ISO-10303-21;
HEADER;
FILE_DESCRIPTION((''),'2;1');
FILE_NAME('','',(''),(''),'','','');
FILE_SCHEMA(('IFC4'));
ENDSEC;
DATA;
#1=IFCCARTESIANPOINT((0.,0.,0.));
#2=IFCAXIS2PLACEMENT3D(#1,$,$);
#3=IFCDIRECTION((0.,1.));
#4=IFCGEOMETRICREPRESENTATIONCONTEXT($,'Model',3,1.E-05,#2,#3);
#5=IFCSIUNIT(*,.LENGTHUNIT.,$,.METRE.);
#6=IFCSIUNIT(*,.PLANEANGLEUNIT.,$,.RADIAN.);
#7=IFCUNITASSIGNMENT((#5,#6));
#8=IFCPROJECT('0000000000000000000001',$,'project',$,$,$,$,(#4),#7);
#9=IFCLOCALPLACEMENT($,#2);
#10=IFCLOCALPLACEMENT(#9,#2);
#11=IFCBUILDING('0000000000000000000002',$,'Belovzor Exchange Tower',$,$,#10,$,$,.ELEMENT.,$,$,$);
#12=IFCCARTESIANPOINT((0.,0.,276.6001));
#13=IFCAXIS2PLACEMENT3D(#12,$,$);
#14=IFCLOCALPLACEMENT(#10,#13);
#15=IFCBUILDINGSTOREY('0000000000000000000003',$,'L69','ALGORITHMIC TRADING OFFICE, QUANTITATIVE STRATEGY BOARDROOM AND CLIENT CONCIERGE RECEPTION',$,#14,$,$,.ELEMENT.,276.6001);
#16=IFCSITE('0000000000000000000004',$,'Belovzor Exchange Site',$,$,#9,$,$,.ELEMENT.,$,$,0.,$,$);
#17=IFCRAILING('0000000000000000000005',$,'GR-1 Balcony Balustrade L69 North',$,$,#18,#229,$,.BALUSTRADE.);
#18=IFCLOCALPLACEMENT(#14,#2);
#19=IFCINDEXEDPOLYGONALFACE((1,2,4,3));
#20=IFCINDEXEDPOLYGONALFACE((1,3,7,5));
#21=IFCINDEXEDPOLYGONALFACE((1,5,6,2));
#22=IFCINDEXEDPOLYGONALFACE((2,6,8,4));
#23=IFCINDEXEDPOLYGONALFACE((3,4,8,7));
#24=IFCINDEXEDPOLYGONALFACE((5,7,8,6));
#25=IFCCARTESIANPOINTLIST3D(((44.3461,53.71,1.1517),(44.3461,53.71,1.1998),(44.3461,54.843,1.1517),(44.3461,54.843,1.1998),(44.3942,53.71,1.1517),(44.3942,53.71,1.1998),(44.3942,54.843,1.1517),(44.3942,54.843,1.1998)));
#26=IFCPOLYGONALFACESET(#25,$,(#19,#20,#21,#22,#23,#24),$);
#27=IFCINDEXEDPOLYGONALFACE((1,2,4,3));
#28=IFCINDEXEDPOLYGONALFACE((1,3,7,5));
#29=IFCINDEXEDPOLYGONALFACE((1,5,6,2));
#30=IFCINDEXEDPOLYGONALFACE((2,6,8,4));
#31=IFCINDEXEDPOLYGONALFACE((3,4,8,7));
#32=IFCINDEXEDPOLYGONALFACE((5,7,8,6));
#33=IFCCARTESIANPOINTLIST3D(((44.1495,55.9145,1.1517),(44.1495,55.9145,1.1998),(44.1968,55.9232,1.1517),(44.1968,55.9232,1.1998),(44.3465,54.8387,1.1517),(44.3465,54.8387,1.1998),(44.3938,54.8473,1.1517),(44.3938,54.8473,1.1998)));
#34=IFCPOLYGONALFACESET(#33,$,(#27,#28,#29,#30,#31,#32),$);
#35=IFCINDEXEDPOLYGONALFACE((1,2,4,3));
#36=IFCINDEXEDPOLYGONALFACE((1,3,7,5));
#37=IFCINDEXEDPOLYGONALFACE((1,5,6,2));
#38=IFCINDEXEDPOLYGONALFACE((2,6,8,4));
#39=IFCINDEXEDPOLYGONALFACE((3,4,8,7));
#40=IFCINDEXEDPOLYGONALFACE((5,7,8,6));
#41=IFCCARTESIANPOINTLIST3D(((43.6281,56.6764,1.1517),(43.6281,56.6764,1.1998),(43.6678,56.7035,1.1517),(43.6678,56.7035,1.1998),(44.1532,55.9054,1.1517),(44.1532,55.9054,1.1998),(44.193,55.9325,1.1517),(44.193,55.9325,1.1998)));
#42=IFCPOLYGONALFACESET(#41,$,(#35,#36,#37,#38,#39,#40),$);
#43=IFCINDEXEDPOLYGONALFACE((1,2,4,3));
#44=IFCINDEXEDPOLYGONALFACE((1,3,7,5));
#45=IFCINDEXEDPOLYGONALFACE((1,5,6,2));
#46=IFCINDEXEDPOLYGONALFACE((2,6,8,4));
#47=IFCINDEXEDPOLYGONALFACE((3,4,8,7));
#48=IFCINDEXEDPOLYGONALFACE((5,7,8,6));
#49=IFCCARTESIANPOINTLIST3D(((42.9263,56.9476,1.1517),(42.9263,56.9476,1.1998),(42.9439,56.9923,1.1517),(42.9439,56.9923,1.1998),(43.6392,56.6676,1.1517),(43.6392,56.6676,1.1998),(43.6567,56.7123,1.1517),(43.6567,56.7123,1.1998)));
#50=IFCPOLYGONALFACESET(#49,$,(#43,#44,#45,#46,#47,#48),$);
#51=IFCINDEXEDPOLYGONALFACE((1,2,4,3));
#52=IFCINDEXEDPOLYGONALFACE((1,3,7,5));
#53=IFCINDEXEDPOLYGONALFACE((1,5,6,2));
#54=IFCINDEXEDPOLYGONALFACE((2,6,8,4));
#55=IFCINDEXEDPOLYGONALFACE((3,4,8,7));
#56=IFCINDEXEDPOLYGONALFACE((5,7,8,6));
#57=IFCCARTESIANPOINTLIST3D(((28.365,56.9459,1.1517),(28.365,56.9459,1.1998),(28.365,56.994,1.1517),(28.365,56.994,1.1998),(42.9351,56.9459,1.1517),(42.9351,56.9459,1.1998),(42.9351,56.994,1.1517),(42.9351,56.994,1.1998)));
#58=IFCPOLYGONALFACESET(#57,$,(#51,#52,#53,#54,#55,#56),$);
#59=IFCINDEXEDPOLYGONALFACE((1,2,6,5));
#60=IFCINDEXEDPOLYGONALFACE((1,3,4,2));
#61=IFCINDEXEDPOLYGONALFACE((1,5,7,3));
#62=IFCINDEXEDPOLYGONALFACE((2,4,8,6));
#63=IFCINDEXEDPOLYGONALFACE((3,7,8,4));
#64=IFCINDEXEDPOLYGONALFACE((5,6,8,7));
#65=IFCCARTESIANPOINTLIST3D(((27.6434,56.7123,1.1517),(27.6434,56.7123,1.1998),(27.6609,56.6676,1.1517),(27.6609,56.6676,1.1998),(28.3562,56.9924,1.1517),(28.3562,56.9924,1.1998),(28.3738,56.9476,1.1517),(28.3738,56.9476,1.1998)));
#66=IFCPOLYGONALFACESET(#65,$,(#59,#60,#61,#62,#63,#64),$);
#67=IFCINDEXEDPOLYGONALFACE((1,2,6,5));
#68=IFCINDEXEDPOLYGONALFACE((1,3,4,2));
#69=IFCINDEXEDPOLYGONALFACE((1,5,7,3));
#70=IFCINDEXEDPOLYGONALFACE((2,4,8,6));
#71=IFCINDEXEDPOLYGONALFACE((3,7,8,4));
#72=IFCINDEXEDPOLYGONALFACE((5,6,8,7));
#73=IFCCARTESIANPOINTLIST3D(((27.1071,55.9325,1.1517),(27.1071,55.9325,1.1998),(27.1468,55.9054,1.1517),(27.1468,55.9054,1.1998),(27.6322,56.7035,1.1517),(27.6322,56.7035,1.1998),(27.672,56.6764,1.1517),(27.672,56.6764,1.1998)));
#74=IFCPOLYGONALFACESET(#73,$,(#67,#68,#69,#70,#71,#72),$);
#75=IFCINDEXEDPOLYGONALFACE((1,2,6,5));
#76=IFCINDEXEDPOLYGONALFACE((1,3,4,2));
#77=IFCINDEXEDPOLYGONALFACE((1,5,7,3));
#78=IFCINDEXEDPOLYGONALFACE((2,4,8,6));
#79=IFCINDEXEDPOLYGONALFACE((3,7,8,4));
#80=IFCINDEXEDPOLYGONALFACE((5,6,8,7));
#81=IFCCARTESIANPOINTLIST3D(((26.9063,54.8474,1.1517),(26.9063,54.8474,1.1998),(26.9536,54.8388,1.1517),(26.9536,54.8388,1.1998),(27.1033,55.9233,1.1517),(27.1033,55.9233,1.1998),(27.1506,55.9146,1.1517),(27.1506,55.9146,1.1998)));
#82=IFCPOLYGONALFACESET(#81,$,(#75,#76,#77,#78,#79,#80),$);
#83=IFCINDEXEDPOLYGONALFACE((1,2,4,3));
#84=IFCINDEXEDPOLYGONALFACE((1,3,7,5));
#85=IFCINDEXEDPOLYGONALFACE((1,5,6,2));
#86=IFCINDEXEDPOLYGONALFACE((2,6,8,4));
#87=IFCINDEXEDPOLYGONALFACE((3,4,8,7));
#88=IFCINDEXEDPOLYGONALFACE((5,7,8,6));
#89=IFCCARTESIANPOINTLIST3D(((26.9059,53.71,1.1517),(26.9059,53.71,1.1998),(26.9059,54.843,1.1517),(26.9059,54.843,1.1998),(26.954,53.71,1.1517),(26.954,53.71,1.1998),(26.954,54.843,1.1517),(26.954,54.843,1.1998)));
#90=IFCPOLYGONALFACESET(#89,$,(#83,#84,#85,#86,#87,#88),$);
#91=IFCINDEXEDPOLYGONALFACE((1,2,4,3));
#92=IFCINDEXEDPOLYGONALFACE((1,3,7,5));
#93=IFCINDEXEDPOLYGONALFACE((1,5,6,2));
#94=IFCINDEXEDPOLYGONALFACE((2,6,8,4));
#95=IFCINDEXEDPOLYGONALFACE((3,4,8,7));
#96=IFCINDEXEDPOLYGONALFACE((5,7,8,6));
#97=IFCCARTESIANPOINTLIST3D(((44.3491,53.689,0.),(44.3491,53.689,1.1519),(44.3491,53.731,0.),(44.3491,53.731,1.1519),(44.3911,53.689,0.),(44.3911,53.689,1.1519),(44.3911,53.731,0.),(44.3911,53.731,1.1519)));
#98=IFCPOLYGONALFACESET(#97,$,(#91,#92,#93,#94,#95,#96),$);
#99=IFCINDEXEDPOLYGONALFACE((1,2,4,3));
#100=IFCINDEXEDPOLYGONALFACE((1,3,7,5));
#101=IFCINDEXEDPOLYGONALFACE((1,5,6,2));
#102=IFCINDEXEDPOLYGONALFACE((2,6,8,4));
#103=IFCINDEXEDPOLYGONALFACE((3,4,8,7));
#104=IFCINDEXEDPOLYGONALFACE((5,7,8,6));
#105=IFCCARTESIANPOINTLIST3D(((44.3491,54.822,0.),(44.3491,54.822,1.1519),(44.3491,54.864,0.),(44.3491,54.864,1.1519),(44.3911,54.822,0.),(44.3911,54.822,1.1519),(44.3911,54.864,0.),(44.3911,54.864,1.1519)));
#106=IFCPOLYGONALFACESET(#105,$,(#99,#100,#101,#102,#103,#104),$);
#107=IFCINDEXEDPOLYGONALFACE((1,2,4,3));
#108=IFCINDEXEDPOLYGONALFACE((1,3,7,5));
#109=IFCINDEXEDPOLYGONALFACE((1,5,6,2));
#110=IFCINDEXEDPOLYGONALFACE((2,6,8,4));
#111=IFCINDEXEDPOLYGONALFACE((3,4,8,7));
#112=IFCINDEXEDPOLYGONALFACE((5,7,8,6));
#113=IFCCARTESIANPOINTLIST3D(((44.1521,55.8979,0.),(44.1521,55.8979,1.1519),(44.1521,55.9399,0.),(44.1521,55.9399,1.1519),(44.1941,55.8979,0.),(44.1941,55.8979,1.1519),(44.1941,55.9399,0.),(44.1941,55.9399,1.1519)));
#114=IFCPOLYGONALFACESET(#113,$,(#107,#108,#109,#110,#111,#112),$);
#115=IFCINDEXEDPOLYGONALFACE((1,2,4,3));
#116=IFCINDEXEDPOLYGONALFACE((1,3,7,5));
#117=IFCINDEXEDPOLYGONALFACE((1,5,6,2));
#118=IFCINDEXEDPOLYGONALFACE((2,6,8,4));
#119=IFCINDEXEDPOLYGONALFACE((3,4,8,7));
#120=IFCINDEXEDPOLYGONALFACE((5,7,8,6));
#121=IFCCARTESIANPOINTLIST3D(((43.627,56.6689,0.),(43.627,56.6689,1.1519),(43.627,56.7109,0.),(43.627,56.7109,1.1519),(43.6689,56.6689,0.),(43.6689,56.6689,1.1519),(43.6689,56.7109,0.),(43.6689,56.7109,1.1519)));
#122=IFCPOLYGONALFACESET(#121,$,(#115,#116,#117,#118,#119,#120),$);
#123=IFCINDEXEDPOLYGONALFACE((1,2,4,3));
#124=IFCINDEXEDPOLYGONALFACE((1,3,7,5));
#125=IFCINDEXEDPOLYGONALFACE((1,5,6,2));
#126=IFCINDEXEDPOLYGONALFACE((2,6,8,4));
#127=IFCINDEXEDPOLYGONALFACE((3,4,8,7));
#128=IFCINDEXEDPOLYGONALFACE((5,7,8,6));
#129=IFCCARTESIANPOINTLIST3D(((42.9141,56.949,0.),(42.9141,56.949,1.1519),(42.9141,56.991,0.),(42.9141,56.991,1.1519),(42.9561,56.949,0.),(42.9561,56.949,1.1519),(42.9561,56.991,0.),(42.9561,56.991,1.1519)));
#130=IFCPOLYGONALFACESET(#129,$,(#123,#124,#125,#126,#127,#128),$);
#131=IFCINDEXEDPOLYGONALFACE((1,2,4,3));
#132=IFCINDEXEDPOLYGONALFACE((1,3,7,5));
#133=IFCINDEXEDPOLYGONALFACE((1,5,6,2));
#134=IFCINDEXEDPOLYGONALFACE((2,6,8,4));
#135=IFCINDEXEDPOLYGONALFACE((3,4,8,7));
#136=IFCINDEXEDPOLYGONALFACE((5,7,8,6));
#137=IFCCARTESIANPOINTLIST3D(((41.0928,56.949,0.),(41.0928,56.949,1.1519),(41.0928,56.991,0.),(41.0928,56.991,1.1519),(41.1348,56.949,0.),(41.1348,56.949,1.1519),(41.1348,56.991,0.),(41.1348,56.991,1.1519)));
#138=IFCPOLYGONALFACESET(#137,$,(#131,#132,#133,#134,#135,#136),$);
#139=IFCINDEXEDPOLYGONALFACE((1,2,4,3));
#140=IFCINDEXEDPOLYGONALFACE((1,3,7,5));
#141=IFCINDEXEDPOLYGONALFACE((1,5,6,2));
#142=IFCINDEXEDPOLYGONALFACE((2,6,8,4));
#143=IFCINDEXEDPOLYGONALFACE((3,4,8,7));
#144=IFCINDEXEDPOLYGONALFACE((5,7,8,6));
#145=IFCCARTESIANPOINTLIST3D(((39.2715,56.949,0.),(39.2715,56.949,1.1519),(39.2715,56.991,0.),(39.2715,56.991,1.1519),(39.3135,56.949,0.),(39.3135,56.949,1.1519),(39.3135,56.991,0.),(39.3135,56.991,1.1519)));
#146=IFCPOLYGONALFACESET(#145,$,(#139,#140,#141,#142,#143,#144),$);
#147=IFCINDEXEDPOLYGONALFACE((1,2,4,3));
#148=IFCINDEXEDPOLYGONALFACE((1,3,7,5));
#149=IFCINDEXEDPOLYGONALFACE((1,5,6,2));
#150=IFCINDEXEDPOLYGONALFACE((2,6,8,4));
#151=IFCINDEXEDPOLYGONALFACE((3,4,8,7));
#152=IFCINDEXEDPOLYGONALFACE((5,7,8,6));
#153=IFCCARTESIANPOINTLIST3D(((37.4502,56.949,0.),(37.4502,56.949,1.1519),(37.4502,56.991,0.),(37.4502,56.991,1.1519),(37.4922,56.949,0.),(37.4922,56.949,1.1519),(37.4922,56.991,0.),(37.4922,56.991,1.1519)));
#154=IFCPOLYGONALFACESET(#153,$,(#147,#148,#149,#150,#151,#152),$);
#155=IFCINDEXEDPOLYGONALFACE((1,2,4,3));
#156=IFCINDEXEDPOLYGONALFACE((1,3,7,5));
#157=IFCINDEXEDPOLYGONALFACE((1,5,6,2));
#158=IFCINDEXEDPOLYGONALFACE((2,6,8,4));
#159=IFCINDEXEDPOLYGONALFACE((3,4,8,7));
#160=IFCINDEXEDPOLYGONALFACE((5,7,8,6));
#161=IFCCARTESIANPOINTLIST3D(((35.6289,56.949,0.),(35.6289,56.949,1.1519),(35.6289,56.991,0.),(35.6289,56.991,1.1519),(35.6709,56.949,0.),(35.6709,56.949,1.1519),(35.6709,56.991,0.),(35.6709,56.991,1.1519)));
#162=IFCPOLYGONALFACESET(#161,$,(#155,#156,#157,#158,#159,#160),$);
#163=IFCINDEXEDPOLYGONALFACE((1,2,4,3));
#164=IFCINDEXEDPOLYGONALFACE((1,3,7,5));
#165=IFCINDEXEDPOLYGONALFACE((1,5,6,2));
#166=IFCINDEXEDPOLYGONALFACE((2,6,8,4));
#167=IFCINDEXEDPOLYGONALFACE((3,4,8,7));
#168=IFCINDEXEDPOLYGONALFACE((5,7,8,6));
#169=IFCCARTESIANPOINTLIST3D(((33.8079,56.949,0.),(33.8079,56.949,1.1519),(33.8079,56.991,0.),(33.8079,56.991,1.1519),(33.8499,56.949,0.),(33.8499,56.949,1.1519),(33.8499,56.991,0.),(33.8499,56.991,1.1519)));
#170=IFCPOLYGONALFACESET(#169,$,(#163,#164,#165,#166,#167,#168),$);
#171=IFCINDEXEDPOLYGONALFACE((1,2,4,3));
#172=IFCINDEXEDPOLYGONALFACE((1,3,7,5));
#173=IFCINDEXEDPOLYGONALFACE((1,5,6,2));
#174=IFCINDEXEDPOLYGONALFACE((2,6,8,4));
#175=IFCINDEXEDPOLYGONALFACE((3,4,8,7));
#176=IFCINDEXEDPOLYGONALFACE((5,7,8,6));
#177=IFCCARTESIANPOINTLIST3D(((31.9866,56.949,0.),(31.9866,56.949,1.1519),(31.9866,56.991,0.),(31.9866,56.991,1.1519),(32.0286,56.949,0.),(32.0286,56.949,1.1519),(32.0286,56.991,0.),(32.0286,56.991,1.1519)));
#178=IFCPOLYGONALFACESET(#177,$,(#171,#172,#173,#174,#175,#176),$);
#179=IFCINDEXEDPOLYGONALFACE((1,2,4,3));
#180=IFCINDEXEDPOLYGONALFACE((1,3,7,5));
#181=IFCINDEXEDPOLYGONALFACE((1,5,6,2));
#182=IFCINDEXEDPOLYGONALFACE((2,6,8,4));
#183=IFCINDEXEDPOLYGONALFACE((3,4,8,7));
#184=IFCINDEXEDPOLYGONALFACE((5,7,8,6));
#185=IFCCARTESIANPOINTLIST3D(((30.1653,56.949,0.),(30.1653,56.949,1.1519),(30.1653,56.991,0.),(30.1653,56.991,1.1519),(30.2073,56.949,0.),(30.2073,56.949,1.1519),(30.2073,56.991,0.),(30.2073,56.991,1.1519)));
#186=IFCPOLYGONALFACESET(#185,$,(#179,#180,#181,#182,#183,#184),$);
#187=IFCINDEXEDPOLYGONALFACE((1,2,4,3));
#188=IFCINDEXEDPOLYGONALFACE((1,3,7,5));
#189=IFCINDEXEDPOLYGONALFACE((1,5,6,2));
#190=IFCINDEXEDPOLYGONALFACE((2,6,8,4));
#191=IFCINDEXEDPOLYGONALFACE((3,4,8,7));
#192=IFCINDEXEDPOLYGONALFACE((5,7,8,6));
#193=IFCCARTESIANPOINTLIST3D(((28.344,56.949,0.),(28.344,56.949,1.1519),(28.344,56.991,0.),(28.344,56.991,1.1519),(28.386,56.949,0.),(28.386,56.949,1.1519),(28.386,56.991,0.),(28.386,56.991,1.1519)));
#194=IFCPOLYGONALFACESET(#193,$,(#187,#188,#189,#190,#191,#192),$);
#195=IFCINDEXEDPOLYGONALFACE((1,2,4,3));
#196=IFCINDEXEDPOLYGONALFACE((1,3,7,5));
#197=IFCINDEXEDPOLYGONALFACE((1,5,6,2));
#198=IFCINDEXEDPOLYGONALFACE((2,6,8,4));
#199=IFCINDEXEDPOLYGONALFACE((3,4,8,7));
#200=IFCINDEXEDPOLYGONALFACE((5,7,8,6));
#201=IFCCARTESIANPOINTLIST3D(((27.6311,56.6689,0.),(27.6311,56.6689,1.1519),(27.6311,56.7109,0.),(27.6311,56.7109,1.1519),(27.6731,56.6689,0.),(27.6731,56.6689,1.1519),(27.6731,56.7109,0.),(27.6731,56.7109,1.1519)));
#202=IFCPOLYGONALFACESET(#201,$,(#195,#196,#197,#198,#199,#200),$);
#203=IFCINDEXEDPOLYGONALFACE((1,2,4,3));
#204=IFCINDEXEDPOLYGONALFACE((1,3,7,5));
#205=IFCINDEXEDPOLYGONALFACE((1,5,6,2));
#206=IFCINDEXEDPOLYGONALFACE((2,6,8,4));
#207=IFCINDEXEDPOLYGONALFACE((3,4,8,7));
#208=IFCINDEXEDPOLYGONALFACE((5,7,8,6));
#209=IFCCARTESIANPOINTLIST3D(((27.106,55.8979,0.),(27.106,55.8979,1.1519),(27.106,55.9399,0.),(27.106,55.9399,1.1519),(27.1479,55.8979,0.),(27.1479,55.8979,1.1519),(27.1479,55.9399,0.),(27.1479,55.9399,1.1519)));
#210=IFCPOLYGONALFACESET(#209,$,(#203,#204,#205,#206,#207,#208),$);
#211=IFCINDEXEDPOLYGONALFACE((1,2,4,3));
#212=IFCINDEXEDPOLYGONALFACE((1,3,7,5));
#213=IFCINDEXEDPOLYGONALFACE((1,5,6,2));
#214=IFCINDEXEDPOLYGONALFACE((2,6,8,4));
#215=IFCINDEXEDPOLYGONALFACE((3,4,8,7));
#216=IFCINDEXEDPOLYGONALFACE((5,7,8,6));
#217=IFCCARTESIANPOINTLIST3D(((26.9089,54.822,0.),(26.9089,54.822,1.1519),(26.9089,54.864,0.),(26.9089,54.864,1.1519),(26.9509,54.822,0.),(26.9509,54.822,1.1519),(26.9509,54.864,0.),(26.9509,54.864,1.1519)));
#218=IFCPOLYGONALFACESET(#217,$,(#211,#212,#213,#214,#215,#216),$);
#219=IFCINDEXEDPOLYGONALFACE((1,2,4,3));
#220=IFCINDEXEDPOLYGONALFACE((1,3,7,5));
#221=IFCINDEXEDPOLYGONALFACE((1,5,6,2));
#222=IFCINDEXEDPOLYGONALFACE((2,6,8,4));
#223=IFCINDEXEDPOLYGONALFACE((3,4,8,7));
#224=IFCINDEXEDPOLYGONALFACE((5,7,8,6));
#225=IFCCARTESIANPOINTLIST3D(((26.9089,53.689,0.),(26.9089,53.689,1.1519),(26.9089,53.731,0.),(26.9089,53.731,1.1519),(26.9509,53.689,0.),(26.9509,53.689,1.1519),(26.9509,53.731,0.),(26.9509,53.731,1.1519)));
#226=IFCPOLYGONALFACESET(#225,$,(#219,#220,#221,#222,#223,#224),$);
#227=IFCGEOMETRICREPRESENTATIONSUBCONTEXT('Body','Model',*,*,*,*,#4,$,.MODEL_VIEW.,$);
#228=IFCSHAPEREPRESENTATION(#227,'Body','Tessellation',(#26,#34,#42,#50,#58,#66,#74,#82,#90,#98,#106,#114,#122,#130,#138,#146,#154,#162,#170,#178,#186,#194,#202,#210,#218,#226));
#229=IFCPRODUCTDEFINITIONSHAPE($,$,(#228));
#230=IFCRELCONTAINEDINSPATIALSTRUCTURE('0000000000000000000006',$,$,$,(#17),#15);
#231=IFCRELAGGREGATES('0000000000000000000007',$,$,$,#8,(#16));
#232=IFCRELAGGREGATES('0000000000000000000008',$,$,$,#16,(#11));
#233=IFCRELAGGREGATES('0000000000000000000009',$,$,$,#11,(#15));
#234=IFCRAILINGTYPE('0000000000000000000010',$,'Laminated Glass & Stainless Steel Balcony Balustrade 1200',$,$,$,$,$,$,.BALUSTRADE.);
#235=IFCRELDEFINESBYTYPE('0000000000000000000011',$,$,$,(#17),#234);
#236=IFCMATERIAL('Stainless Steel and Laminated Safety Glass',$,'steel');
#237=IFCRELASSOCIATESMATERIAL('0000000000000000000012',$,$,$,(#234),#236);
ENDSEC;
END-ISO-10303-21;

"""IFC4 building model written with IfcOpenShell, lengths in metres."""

from ifc_helpers import new_model, si_unit, direction, frame, origin, origin_2d, place, context, subcontext, project, spatial, rectangle, extrude, material, type_object, element, save


model = new_model("IFC4")

# Units and contexts
model_context = context("Model", 3, precision=1e-05, world=origin(), true_north=direction((0.0, 1.0)))
body_context = subcontext(model_context, "Body", "Model", "MODEL_VIEW")
ifc_project = project(units=[si_unit("LENGTHUNIT", "METRE"), si_unit("PLANEANGLEUNIT", "RADIAN")], contexts=[model_context])

# Site, building, storey
site_placement = place(None, origin())
site = spatial("IfcSite", under=ifc_project, at=site_placement, Name="Belovzor Exchange Site", CompositionType="ELEMENT", RefElevation=0.0)
building_placement = place(site_placement, origin())
building = spatial("IfcBuilding", under=site, at=building_placement, Name="Belovzor Exchange Tower", CompositionType="ELEMENT")
storey_placement = place(building_placement, frame((0.0, 0.0, 276.6001)))
storey = spatial("IfcBuildingStorey", under=building, at=storey_placement, Name="L69", Description="ALGORITHMIC TRADING OFFICE, QUANTITATIVE STRATEGY BOARDROOM AND CLIENT CONCIERGE RECEPTION", CompositionType="ELEMENT", Elevation=276.6001)

# Railing
ifc_material_1 = material(Name="Stainless Steel and Laminated Safety Glass", Category="steel")
railing_type_1 = type_object("IfcRailingType", Name="Laminated Glass & Stainless Steel Balcony Balustrade 1200", PredefinedType="BALUSTRADE", material=ifc_material_1)
railing_1_placement = place(storey_placement, frame((44.3701, 53.71, 0.0)))
element("IfcRailing", 1, at=railing_1_placement, inside=storey, type_object=railing_type_1, Name="GR-1 Balcony Balustrade L69 North", PredefinedType="BALUSTRADE", context=body_context, shape_type="SweptSolid", body=[
    extrude(rectangle(XDim=0.0481, YDim=0.0481, at=origin_2d()), frame((0.0, 0.0, 1.1758), z_axis=(0.0, 1.0, 0.0), x_axis=(-1.0, 0.0, 0.0)), (0.0, 0.0, 1.0), 1.1331),
    extrude(rectangle(XDim=0.0481, YDim=0.0481, at=origin_2d()), frame((0.0, 1.1331, 1.1758), z_axis=(-0.180123, 0.983644, 0.0), x_axis=(-0.983644, -0.180123, 0.0)), (0.0, 0.0, 1.0), 1.0938),
    extrude(rectangle(XDim=0.0481, YDim=0.0481, at=origin_2d()), frame((-0.197, 2.209, 1.1758), z_axis=(-0.562947, 0.826493, 0.0), x_axis=(-0.826493, -0.562947, 0.0)), (0.0, 0.0, 1.0), 0.9329),
    extrude(rectangle(XDim=0.0481, YDim=0.0481, at=origin_2d()), frame((-0.7222, 2.98, 1.1758), z_axis=(-0.930767, 0.365613, 0.0), x_axis=(-0.365613, -0.930767, 0.0)), (0.0, 0.0, 1.0), 0.7659),
    extrude(rectangle(XDim=0.0481, YDim=0.0481, at=origin_2d()), frame((-1.4351, 3.26, 1.1758), z_axis=(-1.0, 0.0, 0.0), x_axis=(0.0, -1.0, 0.0)), (0.0, 0.0, 1.0), 14.5701),
    extrude(rectangle(XDim=0.0481, YDim=0.0481, at=origin_2d()), frame((-16.0051, 3.26, 1.1758), z_axis=(-0.930767, -0.365613, 0.0), x_axis=(0.365613, -0.930767, 0.0)), (0.0, 0.0, 1.0), 0.7659),
    extrude(rectangle(XDim=0.0481, YDim=0.0481, at=origin_2d()), frame((-16.718, 2.98, 1.1758), z_axis=(-0.562947, -0.826493, 0.0), x_axis=(0.826493, -0.562947, 0.0)), (0.0, 0.0, 1.0), 0.9329),
    extrude(rectangle(XDim=0.0481, YDim=0.0481, at=origin_2d()), frame((-17.2432, 2.209, 1.1758), z_axis=(-0.180123, -0.983644, 0.0), x_axis=(0.983644, -0.180123, 0.0)), (0.0, 0.0, 1.0), 1.0938),
    extrude(rectangle(XDim=0.0481, YDim=0.0481, at=origin_2d()), frame((-17.4402, 1.1331, 1.1758), z_axis=(0.0, -1.0, 0.0), x_axis=(1.0, 0.0, 0.0)), (0.0, 0.0, 1.0), 1.1331),
    extrude(rectangle(XDim=0.042, YDim=0.042, at=origin_2d()), origin(), (0.0, 0.0, 1.0), 1.1519),
    extrude(rectangle(XDim=0.042, YDim=0.042, at=origin_2d()), frame((0.0, 1.1331, 0.0)), (0.0, 0.0, 1.0), 1.1519),
    extrude(rectangle(XDim=0.042, YDim=0.042, at=origin_2d()), frame((-0.197, 2.209, 0.0)), (0.0, 0.0, 1.0), 1.1519),
    extrude(rectangle(XDim=0.042, YDim=0.042, at=origin_2d()), frame((-0.7222, 2.98, 0.0)), (0.0, 0.0, 1.0), 1.1519),
    extrude(rectangle(XDim=0.042, YDim=0.042, at=origin_2d()), frame((-1.4351, 3.26, 0.0)), (0.0, 0.0, 1.0), 1.1519),
    extrude(rectangle(XDim=0.042, YDim=0.042, at=origin_2d()), frame((-3.2563, 3.26, 0.0)), (0.0, 0.0, 1.0), 1.1519),
    extrude(rectangle(XDim=0.042, YDim=0.042, at=origin_2d()), frame((-5.0776, 3.26, 0.0)), (0.0, 0.0, 1.0), 1.1519),
    extrude(rectangle(XDim=0.042, YDim=0.042, at=origin_2d()), frame((-6.8989, 3.26, 0.0)), (0.0, 0.0, 1.0), 1.1519),
    extrude(rectangle(XDim=0.042, YDim=0.042, at=origin_2d()), frame((-8.7202, 3.26, 0.0)), (0.0, 0.0, 1.0), 1.1519),
    extrude(rectangle(XDim=0.042, YDim=0.042, at=origin_2d()), frame((-10.5413, 3.26, 0.0)), (0.0, 0.0, 1.0), 1.1519),
    extrude(rectangle(XDim=0.042, YDim=0.042, at=origin_2d()), frame((-12.3625, 3.26, 0.0)), (0.0, 0.0, 1.0), 1.1519),
    extrude(rectangle(XDim=0.042, YDim=0.042, at=origin_2d()), frame((-14.1838, 3.26, 0.0)), (0.0, 0.0, 1.0), 1.1519),
    extrude(rectangle(XDim=0.042, YDim=0.042, at=origin_2d()), frame((-16.0051, 3.26, 0.0)), (0.0, 0.0, 1.0), 1.1519),
    extrude(rectangle(XDim=0.042, YDim=0.042, at=origin_2d()), frame((-16.718, 2.98, 0.0)), (0.0, 0.0, 1.0), 1.1519),
    extrude(rectangle(XDim=0.042, YDim=0.042, at=origin_2d()), frame((-17.2432, 2.209, 0.0)), (0.0, 0.0, 1.0), 1.1519),
    extrude(rectangle(XDim=0.042, YDim=0.042, at=origin_2d()), frame((-17.4402, 1.1331, 0.0)), (0.0, 0.0, 1.0), 1.1519),
    extrude(rectangle(XDim=0.042, YDim=0.042, at=origin_2d()), frame((-17.4402, 0.0, 0.0)), (0.0, 0.0, 1.0), 1.1519),
])

save(model, "model.ifc")
